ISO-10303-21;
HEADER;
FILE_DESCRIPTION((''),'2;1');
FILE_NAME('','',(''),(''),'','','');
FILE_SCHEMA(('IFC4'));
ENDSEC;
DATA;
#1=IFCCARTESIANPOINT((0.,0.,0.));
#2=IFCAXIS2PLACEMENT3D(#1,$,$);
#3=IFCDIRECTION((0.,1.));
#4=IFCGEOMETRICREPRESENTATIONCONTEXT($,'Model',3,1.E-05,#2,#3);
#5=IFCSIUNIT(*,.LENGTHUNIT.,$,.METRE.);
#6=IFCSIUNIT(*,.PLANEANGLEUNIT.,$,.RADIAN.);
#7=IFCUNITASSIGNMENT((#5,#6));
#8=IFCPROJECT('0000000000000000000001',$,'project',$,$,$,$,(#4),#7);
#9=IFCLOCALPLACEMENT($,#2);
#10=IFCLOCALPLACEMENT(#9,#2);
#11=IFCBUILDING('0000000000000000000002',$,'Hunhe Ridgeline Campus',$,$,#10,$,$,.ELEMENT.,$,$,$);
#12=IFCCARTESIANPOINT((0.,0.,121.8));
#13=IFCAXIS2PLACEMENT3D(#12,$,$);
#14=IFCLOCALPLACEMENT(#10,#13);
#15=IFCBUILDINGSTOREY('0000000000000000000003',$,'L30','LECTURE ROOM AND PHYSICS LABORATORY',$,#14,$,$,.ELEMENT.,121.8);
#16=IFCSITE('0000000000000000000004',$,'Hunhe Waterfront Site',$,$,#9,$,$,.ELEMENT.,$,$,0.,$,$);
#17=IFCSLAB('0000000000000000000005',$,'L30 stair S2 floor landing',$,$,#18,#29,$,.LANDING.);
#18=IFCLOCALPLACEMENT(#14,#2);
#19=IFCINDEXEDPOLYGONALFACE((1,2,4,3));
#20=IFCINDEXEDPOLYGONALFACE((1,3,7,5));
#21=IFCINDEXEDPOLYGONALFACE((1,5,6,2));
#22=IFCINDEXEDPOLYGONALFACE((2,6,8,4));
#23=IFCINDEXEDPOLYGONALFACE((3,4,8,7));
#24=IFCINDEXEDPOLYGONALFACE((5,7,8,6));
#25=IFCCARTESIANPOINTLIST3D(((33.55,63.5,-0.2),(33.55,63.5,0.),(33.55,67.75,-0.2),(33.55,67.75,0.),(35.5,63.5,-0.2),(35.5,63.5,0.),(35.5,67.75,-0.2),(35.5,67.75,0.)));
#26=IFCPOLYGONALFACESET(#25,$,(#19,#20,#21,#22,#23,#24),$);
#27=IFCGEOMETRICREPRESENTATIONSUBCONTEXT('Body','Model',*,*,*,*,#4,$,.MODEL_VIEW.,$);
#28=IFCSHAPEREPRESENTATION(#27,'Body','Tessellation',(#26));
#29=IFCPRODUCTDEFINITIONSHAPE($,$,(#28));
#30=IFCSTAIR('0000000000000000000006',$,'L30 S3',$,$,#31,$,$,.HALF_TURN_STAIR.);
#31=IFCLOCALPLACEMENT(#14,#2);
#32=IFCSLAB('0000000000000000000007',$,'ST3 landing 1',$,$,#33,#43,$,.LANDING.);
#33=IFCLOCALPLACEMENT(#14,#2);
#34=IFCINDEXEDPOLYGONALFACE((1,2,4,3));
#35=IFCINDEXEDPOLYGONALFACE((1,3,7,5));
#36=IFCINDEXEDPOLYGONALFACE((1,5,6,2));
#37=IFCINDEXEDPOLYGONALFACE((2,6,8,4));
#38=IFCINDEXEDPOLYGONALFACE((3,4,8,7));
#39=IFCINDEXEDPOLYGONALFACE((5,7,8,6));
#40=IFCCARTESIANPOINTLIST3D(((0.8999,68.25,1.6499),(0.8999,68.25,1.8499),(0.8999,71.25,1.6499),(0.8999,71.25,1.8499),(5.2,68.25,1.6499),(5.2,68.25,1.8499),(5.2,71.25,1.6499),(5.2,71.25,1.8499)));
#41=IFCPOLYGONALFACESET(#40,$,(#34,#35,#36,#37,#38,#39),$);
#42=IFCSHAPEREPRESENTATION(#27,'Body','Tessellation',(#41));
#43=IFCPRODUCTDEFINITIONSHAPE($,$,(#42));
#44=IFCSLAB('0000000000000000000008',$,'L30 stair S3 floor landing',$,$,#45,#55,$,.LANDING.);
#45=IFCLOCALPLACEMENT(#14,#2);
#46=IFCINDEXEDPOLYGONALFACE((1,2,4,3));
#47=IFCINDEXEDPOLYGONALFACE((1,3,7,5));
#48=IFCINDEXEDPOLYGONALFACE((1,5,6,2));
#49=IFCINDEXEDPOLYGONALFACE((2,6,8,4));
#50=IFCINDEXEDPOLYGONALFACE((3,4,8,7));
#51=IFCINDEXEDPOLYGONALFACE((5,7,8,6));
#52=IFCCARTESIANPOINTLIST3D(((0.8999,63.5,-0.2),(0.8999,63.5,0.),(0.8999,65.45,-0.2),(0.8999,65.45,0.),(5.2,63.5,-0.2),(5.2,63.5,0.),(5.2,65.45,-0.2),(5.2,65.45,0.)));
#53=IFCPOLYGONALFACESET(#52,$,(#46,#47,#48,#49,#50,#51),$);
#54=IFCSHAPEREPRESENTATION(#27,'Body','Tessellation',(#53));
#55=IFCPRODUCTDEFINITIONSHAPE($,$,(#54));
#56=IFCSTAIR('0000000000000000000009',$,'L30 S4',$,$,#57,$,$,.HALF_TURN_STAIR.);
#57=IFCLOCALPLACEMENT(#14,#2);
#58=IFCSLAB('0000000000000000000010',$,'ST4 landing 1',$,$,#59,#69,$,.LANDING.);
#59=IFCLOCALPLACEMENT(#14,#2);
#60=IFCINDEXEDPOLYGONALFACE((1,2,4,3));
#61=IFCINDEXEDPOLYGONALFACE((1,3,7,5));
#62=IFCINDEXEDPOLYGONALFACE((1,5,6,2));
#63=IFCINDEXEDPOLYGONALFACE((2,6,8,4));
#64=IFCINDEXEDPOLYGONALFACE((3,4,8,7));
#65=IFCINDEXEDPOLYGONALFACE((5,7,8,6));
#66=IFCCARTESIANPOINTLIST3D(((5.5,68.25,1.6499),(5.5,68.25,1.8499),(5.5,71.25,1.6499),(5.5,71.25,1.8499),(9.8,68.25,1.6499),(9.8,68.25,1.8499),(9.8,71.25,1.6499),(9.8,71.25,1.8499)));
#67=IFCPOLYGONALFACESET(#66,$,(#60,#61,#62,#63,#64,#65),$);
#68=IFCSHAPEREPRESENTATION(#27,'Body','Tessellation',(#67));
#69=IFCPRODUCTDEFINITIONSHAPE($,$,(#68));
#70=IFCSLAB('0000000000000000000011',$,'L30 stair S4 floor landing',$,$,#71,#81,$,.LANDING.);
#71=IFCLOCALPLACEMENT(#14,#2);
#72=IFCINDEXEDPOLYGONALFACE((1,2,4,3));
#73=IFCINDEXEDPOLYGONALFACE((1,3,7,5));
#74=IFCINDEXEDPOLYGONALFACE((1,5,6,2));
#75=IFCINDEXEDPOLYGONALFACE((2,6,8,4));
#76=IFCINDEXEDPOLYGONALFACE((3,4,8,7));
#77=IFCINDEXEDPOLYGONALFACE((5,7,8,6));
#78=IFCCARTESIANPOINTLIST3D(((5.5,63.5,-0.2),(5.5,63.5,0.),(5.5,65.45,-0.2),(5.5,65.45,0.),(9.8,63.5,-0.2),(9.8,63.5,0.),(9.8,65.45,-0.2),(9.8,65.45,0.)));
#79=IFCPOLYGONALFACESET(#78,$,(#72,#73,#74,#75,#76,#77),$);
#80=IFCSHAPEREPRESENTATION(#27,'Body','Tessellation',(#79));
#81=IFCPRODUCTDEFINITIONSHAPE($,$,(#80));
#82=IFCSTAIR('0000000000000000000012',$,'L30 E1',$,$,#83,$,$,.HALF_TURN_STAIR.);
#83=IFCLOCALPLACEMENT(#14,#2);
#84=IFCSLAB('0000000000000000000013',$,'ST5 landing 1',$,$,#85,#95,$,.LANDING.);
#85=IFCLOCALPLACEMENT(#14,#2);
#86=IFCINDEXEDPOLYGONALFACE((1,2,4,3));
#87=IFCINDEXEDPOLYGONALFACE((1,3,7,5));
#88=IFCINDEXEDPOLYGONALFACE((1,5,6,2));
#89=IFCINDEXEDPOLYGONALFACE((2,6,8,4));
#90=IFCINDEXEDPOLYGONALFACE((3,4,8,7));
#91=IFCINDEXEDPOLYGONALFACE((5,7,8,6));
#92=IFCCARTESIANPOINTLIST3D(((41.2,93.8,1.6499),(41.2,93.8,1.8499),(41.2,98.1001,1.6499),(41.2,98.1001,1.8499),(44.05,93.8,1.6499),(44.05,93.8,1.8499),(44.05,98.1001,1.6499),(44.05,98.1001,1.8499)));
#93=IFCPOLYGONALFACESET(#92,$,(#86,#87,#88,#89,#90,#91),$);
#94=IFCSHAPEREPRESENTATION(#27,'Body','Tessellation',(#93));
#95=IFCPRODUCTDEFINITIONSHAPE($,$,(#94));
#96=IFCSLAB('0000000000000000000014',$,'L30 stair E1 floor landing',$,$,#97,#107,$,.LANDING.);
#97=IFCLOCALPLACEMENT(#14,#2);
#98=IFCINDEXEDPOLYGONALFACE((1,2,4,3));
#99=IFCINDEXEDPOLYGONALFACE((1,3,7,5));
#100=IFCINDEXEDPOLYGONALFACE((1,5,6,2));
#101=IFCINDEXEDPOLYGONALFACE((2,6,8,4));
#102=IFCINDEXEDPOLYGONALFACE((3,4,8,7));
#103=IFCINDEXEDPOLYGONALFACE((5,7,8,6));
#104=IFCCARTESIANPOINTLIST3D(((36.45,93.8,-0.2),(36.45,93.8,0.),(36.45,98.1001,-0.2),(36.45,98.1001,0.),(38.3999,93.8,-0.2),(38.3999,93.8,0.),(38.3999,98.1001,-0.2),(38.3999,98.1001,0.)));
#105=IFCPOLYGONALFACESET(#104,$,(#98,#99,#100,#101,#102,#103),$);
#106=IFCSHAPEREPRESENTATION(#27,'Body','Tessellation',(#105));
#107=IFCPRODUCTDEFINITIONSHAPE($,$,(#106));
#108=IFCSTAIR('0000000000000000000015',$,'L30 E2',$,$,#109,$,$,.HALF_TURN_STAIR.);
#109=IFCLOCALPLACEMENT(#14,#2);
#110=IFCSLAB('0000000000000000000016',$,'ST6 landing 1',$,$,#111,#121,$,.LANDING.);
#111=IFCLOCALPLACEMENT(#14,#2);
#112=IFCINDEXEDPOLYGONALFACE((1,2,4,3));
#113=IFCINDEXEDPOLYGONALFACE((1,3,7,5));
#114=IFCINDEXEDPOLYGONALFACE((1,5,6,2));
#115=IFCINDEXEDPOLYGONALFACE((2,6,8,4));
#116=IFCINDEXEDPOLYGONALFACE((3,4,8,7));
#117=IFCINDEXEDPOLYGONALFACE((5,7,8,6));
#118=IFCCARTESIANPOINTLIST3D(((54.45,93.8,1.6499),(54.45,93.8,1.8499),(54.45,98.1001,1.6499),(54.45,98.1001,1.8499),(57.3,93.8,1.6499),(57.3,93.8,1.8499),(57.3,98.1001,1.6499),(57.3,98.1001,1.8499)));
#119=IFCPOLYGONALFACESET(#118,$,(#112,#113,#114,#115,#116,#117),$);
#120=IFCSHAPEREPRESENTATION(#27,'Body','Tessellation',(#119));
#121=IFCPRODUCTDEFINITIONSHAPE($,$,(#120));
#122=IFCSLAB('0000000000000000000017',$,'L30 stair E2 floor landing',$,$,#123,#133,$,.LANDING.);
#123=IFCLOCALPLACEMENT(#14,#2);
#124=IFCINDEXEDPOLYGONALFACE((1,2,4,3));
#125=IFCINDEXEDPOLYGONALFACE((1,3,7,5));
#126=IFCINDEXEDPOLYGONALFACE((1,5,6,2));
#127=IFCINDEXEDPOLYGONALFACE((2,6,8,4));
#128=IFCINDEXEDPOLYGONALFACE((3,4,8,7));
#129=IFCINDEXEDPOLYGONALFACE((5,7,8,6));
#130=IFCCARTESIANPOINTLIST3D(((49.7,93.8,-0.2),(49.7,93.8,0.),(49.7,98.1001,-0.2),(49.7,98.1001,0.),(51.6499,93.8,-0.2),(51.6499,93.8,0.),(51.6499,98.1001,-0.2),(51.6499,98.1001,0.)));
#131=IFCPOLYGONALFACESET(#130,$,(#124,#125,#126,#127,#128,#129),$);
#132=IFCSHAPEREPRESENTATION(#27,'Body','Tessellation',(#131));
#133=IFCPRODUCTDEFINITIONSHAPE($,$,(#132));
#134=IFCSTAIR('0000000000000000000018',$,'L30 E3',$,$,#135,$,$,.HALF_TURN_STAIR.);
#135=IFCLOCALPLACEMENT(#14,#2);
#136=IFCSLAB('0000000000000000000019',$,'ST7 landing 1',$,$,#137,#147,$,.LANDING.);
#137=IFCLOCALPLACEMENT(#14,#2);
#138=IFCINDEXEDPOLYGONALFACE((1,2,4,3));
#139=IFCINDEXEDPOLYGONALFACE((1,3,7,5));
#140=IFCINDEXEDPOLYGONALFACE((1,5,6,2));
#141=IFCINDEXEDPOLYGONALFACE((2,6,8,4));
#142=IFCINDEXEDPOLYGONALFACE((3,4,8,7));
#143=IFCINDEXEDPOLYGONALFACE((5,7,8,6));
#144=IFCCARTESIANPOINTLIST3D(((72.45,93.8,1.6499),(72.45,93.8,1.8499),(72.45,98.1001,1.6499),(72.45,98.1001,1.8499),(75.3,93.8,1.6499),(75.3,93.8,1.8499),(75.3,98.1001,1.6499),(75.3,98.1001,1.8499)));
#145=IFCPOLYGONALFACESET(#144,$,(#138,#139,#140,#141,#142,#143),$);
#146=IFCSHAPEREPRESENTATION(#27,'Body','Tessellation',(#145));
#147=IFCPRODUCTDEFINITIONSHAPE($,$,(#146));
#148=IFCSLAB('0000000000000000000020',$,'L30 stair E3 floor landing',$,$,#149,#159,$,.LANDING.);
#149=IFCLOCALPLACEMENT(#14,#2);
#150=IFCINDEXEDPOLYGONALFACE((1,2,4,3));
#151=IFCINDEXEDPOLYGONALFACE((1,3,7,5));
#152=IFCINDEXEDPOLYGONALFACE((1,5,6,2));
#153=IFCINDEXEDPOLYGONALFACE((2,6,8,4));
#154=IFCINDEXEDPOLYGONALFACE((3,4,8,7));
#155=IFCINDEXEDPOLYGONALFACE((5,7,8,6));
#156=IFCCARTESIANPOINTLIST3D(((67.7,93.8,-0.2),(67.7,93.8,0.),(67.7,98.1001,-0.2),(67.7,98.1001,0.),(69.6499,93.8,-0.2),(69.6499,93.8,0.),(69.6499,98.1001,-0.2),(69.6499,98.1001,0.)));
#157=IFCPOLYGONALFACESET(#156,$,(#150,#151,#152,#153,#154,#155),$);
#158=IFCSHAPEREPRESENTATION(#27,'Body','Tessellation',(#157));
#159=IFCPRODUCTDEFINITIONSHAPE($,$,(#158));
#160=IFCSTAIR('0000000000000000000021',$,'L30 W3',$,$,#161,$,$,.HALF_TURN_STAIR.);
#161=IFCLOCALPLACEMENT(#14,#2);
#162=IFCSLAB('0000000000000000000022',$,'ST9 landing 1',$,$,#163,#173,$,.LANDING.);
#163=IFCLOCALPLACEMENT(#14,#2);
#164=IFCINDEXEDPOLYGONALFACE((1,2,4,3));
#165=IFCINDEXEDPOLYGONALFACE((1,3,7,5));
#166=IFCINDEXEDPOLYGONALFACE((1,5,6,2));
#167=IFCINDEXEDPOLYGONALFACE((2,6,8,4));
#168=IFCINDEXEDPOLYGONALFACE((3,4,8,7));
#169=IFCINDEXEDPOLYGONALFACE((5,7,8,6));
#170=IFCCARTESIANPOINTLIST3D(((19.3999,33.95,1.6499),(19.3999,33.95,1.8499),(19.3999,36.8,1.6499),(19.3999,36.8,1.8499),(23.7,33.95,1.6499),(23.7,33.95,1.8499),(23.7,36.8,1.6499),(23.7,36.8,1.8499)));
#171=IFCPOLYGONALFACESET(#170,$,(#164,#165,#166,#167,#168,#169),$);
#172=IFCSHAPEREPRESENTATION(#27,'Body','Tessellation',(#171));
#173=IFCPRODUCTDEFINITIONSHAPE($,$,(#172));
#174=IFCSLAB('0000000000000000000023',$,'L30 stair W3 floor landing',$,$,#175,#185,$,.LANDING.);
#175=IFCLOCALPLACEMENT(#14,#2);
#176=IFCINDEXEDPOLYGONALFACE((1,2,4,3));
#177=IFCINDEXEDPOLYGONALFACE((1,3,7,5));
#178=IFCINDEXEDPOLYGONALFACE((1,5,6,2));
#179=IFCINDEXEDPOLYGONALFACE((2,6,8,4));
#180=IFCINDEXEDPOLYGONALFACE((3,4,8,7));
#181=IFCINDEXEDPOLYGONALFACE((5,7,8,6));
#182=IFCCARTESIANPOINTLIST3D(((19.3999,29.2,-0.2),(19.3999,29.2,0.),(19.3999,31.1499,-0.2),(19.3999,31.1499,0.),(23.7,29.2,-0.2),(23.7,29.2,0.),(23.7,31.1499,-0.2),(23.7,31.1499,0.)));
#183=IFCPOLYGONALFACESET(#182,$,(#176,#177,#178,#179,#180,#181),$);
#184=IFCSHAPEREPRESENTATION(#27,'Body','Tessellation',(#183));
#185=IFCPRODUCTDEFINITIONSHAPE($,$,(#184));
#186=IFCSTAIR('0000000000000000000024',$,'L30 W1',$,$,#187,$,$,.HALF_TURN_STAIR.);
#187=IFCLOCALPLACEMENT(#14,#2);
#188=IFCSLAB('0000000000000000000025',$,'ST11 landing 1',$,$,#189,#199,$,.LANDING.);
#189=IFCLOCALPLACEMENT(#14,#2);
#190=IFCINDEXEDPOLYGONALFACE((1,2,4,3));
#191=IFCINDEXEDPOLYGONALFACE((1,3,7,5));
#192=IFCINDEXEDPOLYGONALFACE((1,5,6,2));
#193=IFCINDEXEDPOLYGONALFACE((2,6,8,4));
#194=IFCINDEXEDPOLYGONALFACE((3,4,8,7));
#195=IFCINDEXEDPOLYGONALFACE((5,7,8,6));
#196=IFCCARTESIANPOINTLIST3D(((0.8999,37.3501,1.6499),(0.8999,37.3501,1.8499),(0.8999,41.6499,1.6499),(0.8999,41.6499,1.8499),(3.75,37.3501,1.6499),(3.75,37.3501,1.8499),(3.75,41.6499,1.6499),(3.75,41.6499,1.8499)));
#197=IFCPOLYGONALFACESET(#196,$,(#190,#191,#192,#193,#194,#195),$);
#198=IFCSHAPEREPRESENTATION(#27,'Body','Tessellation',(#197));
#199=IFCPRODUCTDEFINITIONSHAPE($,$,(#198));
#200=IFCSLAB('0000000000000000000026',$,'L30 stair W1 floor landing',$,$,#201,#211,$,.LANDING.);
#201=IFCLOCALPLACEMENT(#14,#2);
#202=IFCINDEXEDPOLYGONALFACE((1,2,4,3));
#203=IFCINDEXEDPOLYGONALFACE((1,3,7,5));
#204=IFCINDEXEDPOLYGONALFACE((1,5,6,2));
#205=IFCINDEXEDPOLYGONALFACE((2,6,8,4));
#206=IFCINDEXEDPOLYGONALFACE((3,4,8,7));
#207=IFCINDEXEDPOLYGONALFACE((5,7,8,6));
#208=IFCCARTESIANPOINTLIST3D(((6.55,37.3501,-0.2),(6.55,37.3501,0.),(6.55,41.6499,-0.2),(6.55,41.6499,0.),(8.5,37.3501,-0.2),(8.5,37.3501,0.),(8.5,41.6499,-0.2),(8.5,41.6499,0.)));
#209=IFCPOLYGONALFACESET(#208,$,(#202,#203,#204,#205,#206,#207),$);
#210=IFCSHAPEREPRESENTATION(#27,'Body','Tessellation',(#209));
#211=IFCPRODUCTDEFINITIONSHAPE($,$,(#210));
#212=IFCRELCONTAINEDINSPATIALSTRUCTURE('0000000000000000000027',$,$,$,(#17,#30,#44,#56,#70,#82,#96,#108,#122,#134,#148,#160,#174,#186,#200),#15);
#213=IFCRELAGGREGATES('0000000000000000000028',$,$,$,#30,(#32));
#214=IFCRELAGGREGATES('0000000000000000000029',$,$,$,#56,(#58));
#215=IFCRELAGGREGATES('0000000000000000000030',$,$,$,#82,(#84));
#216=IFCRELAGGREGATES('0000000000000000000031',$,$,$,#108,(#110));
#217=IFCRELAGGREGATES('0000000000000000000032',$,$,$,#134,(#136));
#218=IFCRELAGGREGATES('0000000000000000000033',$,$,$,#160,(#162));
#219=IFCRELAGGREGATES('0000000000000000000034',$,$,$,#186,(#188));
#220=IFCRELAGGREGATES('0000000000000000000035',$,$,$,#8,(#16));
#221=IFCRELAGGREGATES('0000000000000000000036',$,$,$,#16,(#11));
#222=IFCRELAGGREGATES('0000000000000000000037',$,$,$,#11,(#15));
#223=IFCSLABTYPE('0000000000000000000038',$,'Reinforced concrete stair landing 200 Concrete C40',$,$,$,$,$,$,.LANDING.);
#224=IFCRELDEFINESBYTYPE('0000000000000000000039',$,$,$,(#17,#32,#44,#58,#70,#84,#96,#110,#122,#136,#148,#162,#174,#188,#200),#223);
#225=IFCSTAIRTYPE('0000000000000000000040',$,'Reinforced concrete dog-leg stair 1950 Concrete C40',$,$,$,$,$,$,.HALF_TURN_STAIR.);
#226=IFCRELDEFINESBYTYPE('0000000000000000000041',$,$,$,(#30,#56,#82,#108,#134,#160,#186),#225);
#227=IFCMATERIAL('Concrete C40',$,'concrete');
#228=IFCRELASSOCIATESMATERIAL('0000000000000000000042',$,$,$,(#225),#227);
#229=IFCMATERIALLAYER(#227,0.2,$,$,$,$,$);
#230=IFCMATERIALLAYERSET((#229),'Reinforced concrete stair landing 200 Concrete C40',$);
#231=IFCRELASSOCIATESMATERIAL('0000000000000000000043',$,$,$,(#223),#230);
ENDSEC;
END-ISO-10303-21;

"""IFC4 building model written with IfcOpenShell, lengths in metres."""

from ifc_helpers import new_model, si_unit, direction, frame, origin, place, context, subcontext, project, spatial, polyline, outline, extrude, material, layer, layer_set, type_object, element, aggregate, save


model = new_model("IFC4")

# Units and contexts
model_context = context("Model", 3, precision=1e-05, world=origin(), true_north=direction((0.0, 1.0)))
body_context = subcontext(model_context, "Body", "Model", "MODEL_VIEW")
ifc_project = project(units=[si_unit("LENGTHUNIT", "METRE"), si_unit("PLANEANGLEUNIT", "RADIAN")], contexts=[model_context])

# Site, building, storey
site_placement = place(None, origin())
site = spatial("IfcSite", under=ifc_project, at=site_placement, Name="Hunhe Waterfront Site", CompositionType="ELEMENT", RefElevation=0.0)
building_placement = place(site_placement, origin())
building = spatial("IfcBuilding", under=site, at=building_placement, Name="Hunhe Ridgeline Campus", CompositionType="ELEMENT")
storey_placement = place(building_placement, frame((0.0, 0.0, 121.8)))
storey = spatial("IfcBuildingStorey", under=building, at=storey_placement, Name="L30", Description="LECTURE ROOM AND PHYSICS LABORATORY", CompositionType="ELEMENT", Elevation=121.8)

# Shared definitions
ifc_material_1 = material(Name="Concrete C40", Category="concrete")

# Shared definitions
stair_type = type_object("IfcStairType", Name="Reinforced concrete dog-leg stair 1950 Concrete C40", PredefinedType="HALF_TURN_STAIR", material=ifc_material_1)
ifc_layer_1 = layer(ifc_material_1, 0.2)
ifc_layer_set_1 = layer_set([ifc_layer_1], Name="Reinforced concrete stair landing 200 Concrete C40")
slab_type_1 = type_object("IfcSlabType", Name="Reinforced concrete stair landing 200 Concrete C40", PredefinedType="LANDING", material=ifc_layer_set_1)

# Slab
slab_1_placement = place(storey_placement, frame((0.0, 0.0, -0.2)))
element("IfcSlab", 1, at=slab_1_placement, inside=storey, type_object=slab_type_1, Name="L30 stair S2 floor landing", PredefinedType="LANDING", context=body_context, shape_type="SweptSolid", body=[
    extrude(outline(polyline([(35.5, 67.75), (33.55, 67.75), (33.55, 63.5), (35.5, 63.5), (35.5, 67.75)])), origin(), (0.0, 0.0, 1.0), 0.2),
])

# Stair, slab
stair_1_placement = place(storey_placement, origin())
stair_1 = element("IfcStair", 2, at=stair_1_placement, inside=storey, type_object=stair_type, Name="L30 S3", PredefinedType="HALF_TURN_STAIR")
slab_2_placement = place(storey_placement, frame((0.0, 0.0, 1.6499)))
slab_2 = element("IfcSlab", 3, at=slab_2_placement, type_object=slab_type_1, Name="ST3 landing 1", PredefinedType="LANDING", context=body_context, shape_type="SweptSolid", body=[
    extrude(outline(polyline([(5.2, 68.25), (5.2, 71.25), (0.8999, 71.25), (0.8999, 68.25), (5.2, 68.25)])), origin(), (0.0, 0.0, 1.0), 0.2),
])
aggregate(stair_1, [slab_2])

# Slab
slab_3_placement = place(storey_placement, frame((0.0, 0.0, -0.2)))
element("IfcSlab", 4, at=slab_3_placement, inside=storey, type_object=slab_type_1, Name="L30 stair S3 floor landing", PredefinedType="LANDING", context=body_context, shape_type="SweptSolid", body=[
    extrude(outline(polyline([(5.2, 63.5), (5.2, 65.45), (0.8999, 65.45), (0.8999, 63.5), (5.2, 63.5)])), origin(), (0.0, 0.0, 1.0), 0.2),
])

# Stair, slab
stair_2_placement = place(storey_placement, origin())
stair_2 = element("IfcStair", 5, at=stair_2_placement, inside=storey, type_object=stair_type, Name="L30 S4", PredefinedType="HALF_TURN_STAIR")
slab_4_placement = place(storey_placement, frame((0.0, 0.0, 1.6499)))
slab_4 = element("IfcSlab", 6, at=slab_4_placement, type_object=slab_type_1, Name="ST4 landing 1", PredefinedType="LANDING", context=body_context, shape_type="SweptSolid", body=[
    extrude(outline(polyline([(9.8, 68.25), (9.8, 71.25), (5.5, 71.25), (5.5, 68.25), (9.8, 68.25)])), origin(), (0.0, 0.0, 1.0), 0.2),
])
aggregate(stair_2, [slab_4])

# Slab
slab_5_placement = place(storey_placement, frame((0.0, 0.0, -0.2)))
element("IfcSlab", 7, at=slab_5_placement, inside=storey, type_object=slab_type_1, Name="L30 stair S4 floor landing", PredefinedType="LANDING", context=body_context, shape_type="SweptSolid", body=[
    extrude(outline(polyline([(9.8, 63.5), (9.8, 65.45), (5.5, 65.45), (5.5, 63.5), (9.8, 63.5)])), origin(), (0.0, 0.0, 1.0), 0.2),
])

# Stair, slab
stair_3_placement = place(storey_placement, origin())
stair_3 = element("IfcStair", 8, at=stair_3_placement, inside=storey, type_object=stair_type, Name="L30 E1", PredefinedType="HALF_TURN_STAIR")
slab_6_placement = place(storey_placement, frame((0.0, 0.0, 1.6499)))
slab_6 = element("IfcSlab", 9, at=slab_6_placement, type_object=slab_type_1, Name="ST5 landing 1", PredefinedType="LANDING", context=body_context, shape_type="SweptSolid", body=[
    extrude(outline(polyline([(41.2, 93.8), (44.05, 93.8), (44.05, 98.1001), (41.2, 98.1001), (41.2, 93.8)])), origin(), (0.0, 0.0, 1.0), 0.2),
])
aggregate(stair_3, [slab_6])

# Slab
slab_7_placement = place(storey_placement, frame((0.0, 0.0, -0.2)))
element("IfcSlab", 10, at=slab_7_placement, inside=storey, type_object=slab_type_1, Name="L30 stair E1 floor landing", PredefinedType="LANDING", context=body_context, shape_type="SweptSolid", body=[
    extrude(outline(polyline([(36.45, 93.8), (38.3999, 93.8), (38.3999, 98.1001), (36.45, 98.1001), (36.45, 93.8)])), origin(), (0.0, 0.0, 1.0), 0.2),
])

# Stair, slab
stair_4_placement = place(storey_placement, origin())
stair_4 = element("IfcStair", 11, at=stair_4_placement, inside=storey, type_object=stair_type, Name="L30 E2", PredefinedType="HALF_TURN_STAIR")
slab_8_placement = place(storey_placement, frame((0.0, 0.0, 1.6499)))
slab_8 = element("IfcSlab", 12, at=slab_8_placement, type_object=slab_type_1, Name="ST6 landing 1", PredefinedType="LANDING", context=body_context, shape_type="SweptSolid", body=[
    extrude(outline(polyline([(54.45, 93.8), (57.3, 93.8), (57.3, 98.1001), (54.45, 98.1001), (54.45, 93.8)])), origin(), (0.0, 0.0, 1.0), 0.2),
])
aggregate(stair_4, [slab_8])

# Slab
slab_9_placement = place(storey_placement, frame((0.0, 0.0, -0.2)))
element("IfcSlab", 13, at=slab_9_placement, inside=storey, type_object=slab_type_1, Name="L30 stair E2 floor landing", PredefinedType="LANDING", context=body_context, shape_type="SweptSolid", body=[
    extrude(outline(polyline([(49.7, 93.8), (51.6499, 93.8), (51.6499, 98.1001), (49.7, 98.1001), (49.7, 93.8)])), origin(), (0.0, 0.0, 1.0), 0.2),
])

# Stair, slab
stair_5_placement = place(storey_placement, origin())
stair_5 = element("IfcStair", 14, at=stair_5_placement, inside=storey, type_object=stair_type, Name="L30 E3", PredefinedType="HALF_TURN_STAIR")
slab_10_placement = place(storey_placement, frame((0.0, 0.0, 1.6499)))
slab_10 = element("IfcSlab", 15, at=slab_10_placement, type_object=slab_type_1, Name="ST7 landing 1", PredefinedType="LANDING", context=body_context, shape_type="SweptSolid", body=[
    extrude(outline(polyline([(72.45, 93.8), (75.3, 93.8), (75.3, 98.1001), (72.45, 98.1001), (72.45, 93.8)])), origin(), (0.0, 0.0, 1.0), 0.2),
])
aggregate(stair_5, [slab_10])

# Slab
slab_11_placement = place(storey_placement, frame((0.0, 0.0, -0.2)))
element("IfcSlab", 16, at=slab_11_placement, inside=storey, type_object=slab_type_1, Name="L30 stair E3 floor landing", PredefinedType="LANDING", context=body_context, shape_type="SweptSolid", body=[
    extrude(outline(polyline([(67.7, 93.8), (69.6499, 93.8), (69.6499, 98.1001), (67.7, 98.1001), (67.7, 93.8)])), origin(), (0.0, 0.0, 1.0), 0.2),
])

# Stair, slab
stair_6_placement = place(storey_placement, origin())
stair_6 = element("IfcStair", 17, at=stair_6_placement, inside=storey, type_object=stair_type, Name="L30 W3", PredefinedType="HALF_TURN_STAIR")
slab_12_placement = place(storey_placement, frame((0.0, 0.0, 1.6499)))
slab_12 = element("IfcSlab", 18, at=slab_12_placement, type_object=slab_type_1, Name="ST9 landing 1", PredefinedType="LANDING", context=body_context, shape_type="SweptSolid", body=[
    extrude(outline(polyline([(23.7, 33.95), (23.7, 36.8), (19.3999, 36.8), (19.3999, 33.95), (23.7, 33.95)])), origin(), (0.0, 0.0, 1.0), 0.2),
])
aggregate(stair_6, [slab_12])

# Slab
slab_13_placement = place(storey_placement, frame((0.0, 0.0, -0.2)))
element("IfcSlab", 19, at=slab_13_placement, inside=storey, type_object=slab_type_1, Name="L30 stair W3 floor landing", PredefinedType="LANDING", context=body_context, shape_type="SweptSolid", body=[
    extrude(outline(polyline([(23.7, 29.2), (23.7, 31.1499), (19.3999, 31.1499), (19.3999, 29.2), (23.7, 29.2)])), origin(), (0.0, 0.0, 1.0), 0.2),
])

# Stair, slab
stair_7_placement = place(storey_placement, origin())
stair_7 = element("IfcStair", 20, at=stair_7_placement, inside=storey, type_object=stair_type, Name="L30 W1", PredefinedType="HALF_TURN_STAIR")
slab_14_placement = place(storey_placement, frame((0.0, 0.0, 1.6499)))
slab_14 = element("IfcSlab", 21, at=slab_14_placement, type_object=slab_type_1, Name="ST11 landing 1", PredefinedType="LANDING", context=body_context, shape_type="SweptSolid", body=[
    extrude(outline(polyline([(3.75, 41.6499), (0.8999, 41.6499), (0.8999, 37.3501), (3.75, 37.3501), (3.75, 41.6499)])), origin(), (0.0, 0.0, 1.0), 0.2),
])
aggregate(stair_7, [slab_14])

# Slab
slab_15_placement = place(storey_placement, frame((0.0, 0.0, -0.2)))
element("IfcSlab", 22, at=slab_15_placement, inside=storey, type_object=slab_type_1, Name="L30 stair W1 floor landing", PredefinedType="LANDING", context=body_context, shape_type="SweptSolid", body=[
    extrude(outline(polyline([(8.5, 41.6499), (6.55, 41.6499), (6.55, 37.3501), (8.5, 37.3501), (8.5, 41.6499)])), origin(), (0.0, 0.0, 1.0), 0.2),
])

save(model, "model.ifc")
